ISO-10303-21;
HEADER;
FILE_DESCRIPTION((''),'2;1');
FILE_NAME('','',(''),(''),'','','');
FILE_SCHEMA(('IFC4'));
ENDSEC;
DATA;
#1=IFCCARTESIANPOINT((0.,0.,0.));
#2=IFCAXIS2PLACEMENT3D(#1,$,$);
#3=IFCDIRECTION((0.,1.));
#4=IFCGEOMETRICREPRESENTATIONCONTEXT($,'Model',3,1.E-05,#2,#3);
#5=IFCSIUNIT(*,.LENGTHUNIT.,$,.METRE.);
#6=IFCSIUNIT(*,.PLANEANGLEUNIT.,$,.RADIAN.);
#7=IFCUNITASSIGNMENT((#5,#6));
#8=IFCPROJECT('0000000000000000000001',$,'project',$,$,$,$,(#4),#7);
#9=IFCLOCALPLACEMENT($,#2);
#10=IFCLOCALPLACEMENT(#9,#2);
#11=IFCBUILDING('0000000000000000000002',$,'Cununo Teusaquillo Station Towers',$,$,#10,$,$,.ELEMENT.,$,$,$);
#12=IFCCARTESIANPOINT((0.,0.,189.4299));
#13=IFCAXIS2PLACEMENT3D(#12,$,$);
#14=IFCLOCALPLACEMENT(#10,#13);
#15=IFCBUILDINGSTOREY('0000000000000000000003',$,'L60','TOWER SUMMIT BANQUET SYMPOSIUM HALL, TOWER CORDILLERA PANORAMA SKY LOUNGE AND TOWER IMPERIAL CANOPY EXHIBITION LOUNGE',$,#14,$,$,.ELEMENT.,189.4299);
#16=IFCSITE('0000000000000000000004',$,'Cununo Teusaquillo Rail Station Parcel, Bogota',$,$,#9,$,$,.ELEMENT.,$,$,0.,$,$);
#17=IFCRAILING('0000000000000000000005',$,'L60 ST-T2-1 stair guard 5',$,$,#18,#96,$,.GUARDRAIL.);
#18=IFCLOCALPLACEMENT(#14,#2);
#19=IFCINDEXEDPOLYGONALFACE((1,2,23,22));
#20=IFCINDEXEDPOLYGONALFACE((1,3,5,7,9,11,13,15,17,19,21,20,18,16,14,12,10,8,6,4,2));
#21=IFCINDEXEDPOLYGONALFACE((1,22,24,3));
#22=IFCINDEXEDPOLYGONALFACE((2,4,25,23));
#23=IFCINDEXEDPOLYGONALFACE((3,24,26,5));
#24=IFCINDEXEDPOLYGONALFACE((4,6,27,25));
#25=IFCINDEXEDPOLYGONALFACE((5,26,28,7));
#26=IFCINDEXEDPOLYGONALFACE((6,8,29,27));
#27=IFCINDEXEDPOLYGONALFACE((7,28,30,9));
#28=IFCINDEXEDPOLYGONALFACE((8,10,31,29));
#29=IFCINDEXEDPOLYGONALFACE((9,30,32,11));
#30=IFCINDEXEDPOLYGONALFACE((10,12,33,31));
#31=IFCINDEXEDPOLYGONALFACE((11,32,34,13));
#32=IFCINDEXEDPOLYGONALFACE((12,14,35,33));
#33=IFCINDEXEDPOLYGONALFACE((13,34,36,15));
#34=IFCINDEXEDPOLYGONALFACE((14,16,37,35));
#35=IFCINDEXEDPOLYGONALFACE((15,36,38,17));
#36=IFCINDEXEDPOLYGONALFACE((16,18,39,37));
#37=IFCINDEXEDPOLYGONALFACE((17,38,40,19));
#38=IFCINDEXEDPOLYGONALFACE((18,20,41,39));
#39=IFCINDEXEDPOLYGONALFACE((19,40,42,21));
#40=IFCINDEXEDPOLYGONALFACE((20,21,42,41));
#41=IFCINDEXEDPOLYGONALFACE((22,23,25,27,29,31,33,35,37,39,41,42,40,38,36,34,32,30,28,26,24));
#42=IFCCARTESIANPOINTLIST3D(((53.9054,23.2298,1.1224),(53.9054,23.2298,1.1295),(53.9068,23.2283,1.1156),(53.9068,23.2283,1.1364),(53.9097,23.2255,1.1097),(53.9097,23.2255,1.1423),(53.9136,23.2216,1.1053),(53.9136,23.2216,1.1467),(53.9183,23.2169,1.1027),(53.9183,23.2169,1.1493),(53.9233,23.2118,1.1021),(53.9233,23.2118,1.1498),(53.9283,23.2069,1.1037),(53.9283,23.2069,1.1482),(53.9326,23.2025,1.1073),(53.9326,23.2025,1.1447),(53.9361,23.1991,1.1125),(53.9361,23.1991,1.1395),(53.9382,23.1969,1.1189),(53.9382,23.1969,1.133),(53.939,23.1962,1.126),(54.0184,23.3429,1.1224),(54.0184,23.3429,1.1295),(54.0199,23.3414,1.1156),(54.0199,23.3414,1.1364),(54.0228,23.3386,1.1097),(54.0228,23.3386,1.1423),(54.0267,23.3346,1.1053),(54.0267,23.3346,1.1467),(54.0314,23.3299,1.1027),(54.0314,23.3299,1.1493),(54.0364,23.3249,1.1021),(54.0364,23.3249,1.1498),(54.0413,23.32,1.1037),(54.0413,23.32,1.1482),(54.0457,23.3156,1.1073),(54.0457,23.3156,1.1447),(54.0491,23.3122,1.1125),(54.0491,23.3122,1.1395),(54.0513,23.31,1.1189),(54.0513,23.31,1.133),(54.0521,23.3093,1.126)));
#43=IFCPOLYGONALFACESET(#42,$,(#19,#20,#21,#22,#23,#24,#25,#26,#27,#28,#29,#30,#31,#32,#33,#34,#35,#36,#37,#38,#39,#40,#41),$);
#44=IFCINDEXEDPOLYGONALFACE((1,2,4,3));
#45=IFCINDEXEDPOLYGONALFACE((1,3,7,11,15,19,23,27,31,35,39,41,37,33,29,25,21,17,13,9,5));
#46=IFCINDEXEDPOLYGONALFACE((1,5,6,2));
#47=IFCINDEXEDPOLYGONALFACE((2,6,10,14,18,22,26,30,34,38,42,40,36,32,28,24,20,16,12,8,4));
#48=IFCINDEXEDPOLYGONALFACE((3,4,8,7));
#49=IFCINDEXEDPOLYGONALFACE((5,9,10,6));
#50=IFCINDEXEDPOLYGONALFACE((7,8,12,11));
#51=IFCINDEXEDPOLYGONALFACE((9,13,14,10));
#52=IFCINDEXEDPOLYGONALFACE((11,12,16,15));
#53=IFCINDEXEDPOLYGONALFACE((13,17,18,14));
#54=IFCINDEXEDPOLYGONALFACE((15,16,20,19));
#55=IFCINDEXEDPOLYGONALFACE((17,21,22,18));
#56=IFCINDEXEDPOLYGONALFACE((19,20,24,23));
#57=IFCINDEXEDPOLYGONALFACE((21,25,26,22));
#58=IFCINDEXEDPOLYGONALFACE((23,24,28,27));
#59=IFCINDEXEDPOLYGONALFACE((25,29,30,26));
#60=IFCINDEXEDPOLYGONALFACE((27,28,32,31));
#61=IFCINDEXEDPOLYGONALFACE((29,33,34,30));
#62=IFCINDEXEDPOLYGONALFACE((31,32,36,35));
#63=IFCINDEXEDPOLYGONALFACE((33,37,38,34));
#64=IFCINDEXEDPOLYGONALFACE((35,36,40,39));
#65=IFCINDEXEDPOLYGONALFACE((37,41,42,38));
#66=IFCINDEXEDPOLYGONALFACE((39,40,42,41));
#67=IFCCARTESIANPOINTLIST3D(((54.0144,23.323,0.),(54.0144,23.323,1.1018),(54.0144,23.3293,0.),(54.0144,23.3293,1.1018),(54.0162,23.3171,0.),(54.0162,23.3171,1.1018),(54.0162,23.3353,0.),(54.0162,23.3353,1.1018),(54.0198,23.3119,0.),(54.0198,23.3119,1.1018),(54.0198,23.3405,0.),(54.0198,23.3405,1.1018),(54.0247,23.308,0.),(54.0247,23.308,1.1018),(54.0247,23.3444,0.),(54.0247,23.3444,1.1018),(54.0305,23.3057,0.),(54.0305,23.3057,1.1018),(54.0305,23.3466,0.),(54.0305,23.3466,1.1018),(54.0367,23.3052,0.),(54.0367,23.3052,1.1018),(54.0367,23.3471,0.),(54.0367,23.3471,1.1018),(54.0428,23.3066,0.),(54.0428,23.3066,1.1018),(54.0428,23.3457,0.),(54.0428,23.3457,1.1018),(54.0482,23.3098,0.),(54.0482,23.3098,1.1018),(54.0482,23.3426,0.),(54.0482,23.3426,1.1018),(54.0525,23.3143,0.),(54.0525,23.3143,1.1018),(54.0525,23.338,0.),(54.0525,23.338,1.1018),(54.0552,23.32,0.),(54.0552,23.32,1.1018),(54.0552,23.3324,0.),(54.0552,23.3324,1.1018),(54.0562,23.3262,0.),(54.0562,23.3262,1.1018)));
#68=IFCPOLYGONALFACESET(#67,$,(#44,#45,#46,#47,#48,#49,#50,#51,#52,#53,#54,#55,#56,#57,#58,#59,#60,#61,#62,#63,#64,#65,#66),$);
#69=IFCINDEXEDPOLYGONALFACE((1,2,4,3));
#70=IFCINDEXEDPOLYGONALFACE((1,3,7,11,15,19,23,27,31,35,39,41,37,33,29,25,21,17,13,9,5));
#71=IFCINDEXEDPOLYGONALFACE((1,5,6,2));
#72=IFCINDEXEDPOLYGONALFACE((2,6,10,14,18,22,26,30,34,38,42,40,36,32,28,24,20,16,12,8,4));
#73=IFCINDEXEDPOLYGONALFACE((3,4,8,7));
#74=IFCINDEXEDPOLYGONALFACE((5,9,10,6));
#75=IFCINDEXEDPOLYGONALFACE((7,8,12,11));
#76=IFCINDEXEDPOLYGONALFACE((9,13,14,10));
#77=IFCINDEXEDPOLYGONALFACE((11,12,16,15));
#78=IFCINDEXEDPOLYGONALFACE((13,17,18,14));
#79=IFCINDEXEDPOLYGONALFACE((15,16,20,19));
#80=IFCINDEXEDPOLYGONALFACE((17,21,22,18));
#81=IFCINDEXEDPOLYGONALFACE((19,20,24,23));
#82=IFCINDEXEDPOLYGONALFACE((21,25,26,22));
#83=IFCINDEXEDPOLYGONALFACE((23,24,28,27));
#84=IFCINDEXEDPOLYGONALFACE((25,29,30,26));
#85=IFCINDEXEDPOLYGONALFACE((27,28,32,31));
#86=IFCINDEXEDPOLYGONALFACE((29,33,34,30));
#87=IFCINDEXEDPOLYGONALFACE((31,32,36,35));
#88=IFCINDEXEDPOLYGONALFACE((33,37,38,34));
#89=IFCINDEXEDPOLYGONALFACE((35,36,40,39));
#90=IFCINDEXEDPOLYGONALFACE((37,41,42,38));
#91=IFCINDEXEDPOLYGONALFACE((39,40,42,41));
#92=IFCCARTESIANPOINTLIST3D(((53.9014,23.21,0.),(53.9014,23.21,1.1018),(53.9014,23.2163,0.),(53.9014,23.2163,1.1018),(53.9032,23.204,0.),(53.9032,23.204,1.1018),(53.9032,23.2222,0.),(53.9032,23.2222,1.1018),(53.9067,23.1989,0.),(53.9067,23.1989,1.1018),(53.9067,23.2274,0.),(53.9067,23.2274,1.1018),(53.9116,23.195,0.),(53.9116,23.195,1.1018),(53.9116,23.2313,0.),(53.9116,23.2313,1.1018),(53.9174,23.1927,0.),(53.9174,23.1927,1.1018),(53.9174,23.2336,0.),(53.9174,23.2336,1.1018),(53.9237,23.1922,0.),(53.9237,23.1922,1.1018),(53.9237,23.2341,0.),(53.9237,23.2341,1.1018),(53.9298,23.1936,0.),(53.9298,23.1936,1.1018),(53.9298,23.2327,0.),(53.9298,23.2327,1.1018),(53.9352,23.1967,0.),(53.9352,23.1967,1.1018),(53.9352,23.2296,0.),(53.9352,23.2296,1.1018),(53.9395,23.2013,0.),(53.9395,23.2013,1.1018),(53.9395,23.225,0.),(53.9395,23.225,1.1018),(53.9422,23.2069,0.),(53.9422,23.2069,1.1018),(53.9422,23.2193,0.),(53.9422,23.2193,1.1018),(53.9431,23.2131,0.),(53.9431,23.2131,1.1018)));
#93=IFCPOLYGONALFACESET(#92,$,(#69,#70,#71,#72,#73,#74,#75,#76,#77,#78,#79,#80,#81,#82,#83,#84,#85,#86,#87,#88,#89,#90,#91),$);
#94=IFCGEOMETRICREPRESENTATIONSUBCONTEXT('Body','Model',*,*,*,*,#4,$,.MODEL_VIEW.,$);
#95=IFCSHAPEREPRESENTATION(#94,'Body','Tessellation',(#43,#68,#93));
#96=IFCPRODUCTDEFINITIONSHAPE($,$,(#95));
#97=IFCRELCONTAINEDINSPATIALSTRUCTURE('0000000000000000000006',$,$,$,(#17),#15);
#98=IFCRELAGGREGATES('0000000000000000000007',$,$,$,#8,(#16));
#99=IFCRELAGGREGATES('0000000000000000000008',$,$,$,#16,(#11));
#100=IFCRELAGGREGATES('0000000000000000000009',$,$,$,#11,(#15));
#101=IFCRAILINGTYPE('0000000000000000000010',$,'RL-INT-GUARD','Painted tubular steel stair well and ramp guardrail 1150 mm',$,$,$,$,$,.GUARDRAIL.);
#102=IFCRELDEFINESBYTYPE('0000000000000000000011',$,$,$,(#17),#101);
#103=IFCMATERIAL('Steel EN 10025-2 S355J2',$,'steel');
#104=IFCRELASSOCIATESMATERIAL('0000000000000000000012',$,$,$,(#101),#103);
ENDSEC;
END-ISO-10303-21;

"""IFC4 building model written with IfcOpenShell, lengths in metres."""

from ifc_helpers import new_model, si_unit, direction, frame, origin, origin_2d, place, context, subcontext, project, spatial, circle, extrude, material, type_object, element, save


model = new_model("IFC4")

# Units and contexts
model_context = context("Model", 3, precision=1e-05, world=origin(), true_north=direction((0.0, 1.0)))
body_context = subcontext(model_context, "Body", "Model", "MODEL_VIEW")
ifc_project = project(units=[si_unit("LENGTHUNIT", "METRE"), si_unit("PLANEANGLEUNIT", "RADIAN")], contexts=[model_context])

# Site, building, storey
site_placement = place(None, origin())
site = spatial("IfcSite", under=ifc_project, at=site_placement, Name="Cununo Teusaquillo Rail Station Parcel, Bogota", CompositionType="ELEMENT", RefElevation=0.0)
building_placement = place(site_placement, origin())
building = spatial("IfcBuilding", under=site, at=building_placement, Name="Cununo Teusaquillo Station Towers", CompositionType="ELEMENT")
storey_placement = place(building_placement, frame((0.0, 0.0, 189.4299)))
storey = spatial("IfcBuildingStorey", under=building, at=storey_placement, Name="L60", Description="TOWER SUMMIT BANQUET SYMPOSIUM HALL, TOWER CORDILLERA PANORAMA SKY LOUNGE AND TOWER IMPERIAL CANOPY EXHIBITION LOUNGE", CompositionType="ELEMENT", Elevation=189.4299)

# Railing
ifc_material_1 = material(Name="Steel EN 10025-2 S355J2", Category="steel")
railing_type_1 = type_object("IfcRailingType", Name="RL-INT-GUARD", Description="Painted tubular steel stair well and ramp guardrail 1150 mm", PredefinedType="GUARDRAIL", material=ifc_material_1)
railing_1_placement = place(storey_placement, frame((54.0352, 23.3262, 0.0)))
element("IfcRailing", 1, at=railing_1_placement, inside=storey, type_object=railing_type_1, Name="L60 ST-T2-1 stair guard 5", PredefinedType="GUARDRAIL", context=body_context, shape_type="SweptSolid", body=[
    extrude(circle(Radius=0.0239, at=origin_2d()), frame((0.0, 0.0, 1.126), z_axis=(-0.707107, -0.707107, 0.0), x_axis=(0.707107, -0.707107, 0.0)), (0.0, 0.0, 1.0), 0.1599),
    extrude(circle(Radius=0.021, at=origin_2d()), origin(), (0.0, 0.0, 1.0), 1.1018),
    extrude(circle(Radius=0.021, at=origin_2d()), frame((-0.113, -0.113, 0.0)), (0.0, 0.0, 1.0), 1.1018),
])

save(model, "model.ifc")
